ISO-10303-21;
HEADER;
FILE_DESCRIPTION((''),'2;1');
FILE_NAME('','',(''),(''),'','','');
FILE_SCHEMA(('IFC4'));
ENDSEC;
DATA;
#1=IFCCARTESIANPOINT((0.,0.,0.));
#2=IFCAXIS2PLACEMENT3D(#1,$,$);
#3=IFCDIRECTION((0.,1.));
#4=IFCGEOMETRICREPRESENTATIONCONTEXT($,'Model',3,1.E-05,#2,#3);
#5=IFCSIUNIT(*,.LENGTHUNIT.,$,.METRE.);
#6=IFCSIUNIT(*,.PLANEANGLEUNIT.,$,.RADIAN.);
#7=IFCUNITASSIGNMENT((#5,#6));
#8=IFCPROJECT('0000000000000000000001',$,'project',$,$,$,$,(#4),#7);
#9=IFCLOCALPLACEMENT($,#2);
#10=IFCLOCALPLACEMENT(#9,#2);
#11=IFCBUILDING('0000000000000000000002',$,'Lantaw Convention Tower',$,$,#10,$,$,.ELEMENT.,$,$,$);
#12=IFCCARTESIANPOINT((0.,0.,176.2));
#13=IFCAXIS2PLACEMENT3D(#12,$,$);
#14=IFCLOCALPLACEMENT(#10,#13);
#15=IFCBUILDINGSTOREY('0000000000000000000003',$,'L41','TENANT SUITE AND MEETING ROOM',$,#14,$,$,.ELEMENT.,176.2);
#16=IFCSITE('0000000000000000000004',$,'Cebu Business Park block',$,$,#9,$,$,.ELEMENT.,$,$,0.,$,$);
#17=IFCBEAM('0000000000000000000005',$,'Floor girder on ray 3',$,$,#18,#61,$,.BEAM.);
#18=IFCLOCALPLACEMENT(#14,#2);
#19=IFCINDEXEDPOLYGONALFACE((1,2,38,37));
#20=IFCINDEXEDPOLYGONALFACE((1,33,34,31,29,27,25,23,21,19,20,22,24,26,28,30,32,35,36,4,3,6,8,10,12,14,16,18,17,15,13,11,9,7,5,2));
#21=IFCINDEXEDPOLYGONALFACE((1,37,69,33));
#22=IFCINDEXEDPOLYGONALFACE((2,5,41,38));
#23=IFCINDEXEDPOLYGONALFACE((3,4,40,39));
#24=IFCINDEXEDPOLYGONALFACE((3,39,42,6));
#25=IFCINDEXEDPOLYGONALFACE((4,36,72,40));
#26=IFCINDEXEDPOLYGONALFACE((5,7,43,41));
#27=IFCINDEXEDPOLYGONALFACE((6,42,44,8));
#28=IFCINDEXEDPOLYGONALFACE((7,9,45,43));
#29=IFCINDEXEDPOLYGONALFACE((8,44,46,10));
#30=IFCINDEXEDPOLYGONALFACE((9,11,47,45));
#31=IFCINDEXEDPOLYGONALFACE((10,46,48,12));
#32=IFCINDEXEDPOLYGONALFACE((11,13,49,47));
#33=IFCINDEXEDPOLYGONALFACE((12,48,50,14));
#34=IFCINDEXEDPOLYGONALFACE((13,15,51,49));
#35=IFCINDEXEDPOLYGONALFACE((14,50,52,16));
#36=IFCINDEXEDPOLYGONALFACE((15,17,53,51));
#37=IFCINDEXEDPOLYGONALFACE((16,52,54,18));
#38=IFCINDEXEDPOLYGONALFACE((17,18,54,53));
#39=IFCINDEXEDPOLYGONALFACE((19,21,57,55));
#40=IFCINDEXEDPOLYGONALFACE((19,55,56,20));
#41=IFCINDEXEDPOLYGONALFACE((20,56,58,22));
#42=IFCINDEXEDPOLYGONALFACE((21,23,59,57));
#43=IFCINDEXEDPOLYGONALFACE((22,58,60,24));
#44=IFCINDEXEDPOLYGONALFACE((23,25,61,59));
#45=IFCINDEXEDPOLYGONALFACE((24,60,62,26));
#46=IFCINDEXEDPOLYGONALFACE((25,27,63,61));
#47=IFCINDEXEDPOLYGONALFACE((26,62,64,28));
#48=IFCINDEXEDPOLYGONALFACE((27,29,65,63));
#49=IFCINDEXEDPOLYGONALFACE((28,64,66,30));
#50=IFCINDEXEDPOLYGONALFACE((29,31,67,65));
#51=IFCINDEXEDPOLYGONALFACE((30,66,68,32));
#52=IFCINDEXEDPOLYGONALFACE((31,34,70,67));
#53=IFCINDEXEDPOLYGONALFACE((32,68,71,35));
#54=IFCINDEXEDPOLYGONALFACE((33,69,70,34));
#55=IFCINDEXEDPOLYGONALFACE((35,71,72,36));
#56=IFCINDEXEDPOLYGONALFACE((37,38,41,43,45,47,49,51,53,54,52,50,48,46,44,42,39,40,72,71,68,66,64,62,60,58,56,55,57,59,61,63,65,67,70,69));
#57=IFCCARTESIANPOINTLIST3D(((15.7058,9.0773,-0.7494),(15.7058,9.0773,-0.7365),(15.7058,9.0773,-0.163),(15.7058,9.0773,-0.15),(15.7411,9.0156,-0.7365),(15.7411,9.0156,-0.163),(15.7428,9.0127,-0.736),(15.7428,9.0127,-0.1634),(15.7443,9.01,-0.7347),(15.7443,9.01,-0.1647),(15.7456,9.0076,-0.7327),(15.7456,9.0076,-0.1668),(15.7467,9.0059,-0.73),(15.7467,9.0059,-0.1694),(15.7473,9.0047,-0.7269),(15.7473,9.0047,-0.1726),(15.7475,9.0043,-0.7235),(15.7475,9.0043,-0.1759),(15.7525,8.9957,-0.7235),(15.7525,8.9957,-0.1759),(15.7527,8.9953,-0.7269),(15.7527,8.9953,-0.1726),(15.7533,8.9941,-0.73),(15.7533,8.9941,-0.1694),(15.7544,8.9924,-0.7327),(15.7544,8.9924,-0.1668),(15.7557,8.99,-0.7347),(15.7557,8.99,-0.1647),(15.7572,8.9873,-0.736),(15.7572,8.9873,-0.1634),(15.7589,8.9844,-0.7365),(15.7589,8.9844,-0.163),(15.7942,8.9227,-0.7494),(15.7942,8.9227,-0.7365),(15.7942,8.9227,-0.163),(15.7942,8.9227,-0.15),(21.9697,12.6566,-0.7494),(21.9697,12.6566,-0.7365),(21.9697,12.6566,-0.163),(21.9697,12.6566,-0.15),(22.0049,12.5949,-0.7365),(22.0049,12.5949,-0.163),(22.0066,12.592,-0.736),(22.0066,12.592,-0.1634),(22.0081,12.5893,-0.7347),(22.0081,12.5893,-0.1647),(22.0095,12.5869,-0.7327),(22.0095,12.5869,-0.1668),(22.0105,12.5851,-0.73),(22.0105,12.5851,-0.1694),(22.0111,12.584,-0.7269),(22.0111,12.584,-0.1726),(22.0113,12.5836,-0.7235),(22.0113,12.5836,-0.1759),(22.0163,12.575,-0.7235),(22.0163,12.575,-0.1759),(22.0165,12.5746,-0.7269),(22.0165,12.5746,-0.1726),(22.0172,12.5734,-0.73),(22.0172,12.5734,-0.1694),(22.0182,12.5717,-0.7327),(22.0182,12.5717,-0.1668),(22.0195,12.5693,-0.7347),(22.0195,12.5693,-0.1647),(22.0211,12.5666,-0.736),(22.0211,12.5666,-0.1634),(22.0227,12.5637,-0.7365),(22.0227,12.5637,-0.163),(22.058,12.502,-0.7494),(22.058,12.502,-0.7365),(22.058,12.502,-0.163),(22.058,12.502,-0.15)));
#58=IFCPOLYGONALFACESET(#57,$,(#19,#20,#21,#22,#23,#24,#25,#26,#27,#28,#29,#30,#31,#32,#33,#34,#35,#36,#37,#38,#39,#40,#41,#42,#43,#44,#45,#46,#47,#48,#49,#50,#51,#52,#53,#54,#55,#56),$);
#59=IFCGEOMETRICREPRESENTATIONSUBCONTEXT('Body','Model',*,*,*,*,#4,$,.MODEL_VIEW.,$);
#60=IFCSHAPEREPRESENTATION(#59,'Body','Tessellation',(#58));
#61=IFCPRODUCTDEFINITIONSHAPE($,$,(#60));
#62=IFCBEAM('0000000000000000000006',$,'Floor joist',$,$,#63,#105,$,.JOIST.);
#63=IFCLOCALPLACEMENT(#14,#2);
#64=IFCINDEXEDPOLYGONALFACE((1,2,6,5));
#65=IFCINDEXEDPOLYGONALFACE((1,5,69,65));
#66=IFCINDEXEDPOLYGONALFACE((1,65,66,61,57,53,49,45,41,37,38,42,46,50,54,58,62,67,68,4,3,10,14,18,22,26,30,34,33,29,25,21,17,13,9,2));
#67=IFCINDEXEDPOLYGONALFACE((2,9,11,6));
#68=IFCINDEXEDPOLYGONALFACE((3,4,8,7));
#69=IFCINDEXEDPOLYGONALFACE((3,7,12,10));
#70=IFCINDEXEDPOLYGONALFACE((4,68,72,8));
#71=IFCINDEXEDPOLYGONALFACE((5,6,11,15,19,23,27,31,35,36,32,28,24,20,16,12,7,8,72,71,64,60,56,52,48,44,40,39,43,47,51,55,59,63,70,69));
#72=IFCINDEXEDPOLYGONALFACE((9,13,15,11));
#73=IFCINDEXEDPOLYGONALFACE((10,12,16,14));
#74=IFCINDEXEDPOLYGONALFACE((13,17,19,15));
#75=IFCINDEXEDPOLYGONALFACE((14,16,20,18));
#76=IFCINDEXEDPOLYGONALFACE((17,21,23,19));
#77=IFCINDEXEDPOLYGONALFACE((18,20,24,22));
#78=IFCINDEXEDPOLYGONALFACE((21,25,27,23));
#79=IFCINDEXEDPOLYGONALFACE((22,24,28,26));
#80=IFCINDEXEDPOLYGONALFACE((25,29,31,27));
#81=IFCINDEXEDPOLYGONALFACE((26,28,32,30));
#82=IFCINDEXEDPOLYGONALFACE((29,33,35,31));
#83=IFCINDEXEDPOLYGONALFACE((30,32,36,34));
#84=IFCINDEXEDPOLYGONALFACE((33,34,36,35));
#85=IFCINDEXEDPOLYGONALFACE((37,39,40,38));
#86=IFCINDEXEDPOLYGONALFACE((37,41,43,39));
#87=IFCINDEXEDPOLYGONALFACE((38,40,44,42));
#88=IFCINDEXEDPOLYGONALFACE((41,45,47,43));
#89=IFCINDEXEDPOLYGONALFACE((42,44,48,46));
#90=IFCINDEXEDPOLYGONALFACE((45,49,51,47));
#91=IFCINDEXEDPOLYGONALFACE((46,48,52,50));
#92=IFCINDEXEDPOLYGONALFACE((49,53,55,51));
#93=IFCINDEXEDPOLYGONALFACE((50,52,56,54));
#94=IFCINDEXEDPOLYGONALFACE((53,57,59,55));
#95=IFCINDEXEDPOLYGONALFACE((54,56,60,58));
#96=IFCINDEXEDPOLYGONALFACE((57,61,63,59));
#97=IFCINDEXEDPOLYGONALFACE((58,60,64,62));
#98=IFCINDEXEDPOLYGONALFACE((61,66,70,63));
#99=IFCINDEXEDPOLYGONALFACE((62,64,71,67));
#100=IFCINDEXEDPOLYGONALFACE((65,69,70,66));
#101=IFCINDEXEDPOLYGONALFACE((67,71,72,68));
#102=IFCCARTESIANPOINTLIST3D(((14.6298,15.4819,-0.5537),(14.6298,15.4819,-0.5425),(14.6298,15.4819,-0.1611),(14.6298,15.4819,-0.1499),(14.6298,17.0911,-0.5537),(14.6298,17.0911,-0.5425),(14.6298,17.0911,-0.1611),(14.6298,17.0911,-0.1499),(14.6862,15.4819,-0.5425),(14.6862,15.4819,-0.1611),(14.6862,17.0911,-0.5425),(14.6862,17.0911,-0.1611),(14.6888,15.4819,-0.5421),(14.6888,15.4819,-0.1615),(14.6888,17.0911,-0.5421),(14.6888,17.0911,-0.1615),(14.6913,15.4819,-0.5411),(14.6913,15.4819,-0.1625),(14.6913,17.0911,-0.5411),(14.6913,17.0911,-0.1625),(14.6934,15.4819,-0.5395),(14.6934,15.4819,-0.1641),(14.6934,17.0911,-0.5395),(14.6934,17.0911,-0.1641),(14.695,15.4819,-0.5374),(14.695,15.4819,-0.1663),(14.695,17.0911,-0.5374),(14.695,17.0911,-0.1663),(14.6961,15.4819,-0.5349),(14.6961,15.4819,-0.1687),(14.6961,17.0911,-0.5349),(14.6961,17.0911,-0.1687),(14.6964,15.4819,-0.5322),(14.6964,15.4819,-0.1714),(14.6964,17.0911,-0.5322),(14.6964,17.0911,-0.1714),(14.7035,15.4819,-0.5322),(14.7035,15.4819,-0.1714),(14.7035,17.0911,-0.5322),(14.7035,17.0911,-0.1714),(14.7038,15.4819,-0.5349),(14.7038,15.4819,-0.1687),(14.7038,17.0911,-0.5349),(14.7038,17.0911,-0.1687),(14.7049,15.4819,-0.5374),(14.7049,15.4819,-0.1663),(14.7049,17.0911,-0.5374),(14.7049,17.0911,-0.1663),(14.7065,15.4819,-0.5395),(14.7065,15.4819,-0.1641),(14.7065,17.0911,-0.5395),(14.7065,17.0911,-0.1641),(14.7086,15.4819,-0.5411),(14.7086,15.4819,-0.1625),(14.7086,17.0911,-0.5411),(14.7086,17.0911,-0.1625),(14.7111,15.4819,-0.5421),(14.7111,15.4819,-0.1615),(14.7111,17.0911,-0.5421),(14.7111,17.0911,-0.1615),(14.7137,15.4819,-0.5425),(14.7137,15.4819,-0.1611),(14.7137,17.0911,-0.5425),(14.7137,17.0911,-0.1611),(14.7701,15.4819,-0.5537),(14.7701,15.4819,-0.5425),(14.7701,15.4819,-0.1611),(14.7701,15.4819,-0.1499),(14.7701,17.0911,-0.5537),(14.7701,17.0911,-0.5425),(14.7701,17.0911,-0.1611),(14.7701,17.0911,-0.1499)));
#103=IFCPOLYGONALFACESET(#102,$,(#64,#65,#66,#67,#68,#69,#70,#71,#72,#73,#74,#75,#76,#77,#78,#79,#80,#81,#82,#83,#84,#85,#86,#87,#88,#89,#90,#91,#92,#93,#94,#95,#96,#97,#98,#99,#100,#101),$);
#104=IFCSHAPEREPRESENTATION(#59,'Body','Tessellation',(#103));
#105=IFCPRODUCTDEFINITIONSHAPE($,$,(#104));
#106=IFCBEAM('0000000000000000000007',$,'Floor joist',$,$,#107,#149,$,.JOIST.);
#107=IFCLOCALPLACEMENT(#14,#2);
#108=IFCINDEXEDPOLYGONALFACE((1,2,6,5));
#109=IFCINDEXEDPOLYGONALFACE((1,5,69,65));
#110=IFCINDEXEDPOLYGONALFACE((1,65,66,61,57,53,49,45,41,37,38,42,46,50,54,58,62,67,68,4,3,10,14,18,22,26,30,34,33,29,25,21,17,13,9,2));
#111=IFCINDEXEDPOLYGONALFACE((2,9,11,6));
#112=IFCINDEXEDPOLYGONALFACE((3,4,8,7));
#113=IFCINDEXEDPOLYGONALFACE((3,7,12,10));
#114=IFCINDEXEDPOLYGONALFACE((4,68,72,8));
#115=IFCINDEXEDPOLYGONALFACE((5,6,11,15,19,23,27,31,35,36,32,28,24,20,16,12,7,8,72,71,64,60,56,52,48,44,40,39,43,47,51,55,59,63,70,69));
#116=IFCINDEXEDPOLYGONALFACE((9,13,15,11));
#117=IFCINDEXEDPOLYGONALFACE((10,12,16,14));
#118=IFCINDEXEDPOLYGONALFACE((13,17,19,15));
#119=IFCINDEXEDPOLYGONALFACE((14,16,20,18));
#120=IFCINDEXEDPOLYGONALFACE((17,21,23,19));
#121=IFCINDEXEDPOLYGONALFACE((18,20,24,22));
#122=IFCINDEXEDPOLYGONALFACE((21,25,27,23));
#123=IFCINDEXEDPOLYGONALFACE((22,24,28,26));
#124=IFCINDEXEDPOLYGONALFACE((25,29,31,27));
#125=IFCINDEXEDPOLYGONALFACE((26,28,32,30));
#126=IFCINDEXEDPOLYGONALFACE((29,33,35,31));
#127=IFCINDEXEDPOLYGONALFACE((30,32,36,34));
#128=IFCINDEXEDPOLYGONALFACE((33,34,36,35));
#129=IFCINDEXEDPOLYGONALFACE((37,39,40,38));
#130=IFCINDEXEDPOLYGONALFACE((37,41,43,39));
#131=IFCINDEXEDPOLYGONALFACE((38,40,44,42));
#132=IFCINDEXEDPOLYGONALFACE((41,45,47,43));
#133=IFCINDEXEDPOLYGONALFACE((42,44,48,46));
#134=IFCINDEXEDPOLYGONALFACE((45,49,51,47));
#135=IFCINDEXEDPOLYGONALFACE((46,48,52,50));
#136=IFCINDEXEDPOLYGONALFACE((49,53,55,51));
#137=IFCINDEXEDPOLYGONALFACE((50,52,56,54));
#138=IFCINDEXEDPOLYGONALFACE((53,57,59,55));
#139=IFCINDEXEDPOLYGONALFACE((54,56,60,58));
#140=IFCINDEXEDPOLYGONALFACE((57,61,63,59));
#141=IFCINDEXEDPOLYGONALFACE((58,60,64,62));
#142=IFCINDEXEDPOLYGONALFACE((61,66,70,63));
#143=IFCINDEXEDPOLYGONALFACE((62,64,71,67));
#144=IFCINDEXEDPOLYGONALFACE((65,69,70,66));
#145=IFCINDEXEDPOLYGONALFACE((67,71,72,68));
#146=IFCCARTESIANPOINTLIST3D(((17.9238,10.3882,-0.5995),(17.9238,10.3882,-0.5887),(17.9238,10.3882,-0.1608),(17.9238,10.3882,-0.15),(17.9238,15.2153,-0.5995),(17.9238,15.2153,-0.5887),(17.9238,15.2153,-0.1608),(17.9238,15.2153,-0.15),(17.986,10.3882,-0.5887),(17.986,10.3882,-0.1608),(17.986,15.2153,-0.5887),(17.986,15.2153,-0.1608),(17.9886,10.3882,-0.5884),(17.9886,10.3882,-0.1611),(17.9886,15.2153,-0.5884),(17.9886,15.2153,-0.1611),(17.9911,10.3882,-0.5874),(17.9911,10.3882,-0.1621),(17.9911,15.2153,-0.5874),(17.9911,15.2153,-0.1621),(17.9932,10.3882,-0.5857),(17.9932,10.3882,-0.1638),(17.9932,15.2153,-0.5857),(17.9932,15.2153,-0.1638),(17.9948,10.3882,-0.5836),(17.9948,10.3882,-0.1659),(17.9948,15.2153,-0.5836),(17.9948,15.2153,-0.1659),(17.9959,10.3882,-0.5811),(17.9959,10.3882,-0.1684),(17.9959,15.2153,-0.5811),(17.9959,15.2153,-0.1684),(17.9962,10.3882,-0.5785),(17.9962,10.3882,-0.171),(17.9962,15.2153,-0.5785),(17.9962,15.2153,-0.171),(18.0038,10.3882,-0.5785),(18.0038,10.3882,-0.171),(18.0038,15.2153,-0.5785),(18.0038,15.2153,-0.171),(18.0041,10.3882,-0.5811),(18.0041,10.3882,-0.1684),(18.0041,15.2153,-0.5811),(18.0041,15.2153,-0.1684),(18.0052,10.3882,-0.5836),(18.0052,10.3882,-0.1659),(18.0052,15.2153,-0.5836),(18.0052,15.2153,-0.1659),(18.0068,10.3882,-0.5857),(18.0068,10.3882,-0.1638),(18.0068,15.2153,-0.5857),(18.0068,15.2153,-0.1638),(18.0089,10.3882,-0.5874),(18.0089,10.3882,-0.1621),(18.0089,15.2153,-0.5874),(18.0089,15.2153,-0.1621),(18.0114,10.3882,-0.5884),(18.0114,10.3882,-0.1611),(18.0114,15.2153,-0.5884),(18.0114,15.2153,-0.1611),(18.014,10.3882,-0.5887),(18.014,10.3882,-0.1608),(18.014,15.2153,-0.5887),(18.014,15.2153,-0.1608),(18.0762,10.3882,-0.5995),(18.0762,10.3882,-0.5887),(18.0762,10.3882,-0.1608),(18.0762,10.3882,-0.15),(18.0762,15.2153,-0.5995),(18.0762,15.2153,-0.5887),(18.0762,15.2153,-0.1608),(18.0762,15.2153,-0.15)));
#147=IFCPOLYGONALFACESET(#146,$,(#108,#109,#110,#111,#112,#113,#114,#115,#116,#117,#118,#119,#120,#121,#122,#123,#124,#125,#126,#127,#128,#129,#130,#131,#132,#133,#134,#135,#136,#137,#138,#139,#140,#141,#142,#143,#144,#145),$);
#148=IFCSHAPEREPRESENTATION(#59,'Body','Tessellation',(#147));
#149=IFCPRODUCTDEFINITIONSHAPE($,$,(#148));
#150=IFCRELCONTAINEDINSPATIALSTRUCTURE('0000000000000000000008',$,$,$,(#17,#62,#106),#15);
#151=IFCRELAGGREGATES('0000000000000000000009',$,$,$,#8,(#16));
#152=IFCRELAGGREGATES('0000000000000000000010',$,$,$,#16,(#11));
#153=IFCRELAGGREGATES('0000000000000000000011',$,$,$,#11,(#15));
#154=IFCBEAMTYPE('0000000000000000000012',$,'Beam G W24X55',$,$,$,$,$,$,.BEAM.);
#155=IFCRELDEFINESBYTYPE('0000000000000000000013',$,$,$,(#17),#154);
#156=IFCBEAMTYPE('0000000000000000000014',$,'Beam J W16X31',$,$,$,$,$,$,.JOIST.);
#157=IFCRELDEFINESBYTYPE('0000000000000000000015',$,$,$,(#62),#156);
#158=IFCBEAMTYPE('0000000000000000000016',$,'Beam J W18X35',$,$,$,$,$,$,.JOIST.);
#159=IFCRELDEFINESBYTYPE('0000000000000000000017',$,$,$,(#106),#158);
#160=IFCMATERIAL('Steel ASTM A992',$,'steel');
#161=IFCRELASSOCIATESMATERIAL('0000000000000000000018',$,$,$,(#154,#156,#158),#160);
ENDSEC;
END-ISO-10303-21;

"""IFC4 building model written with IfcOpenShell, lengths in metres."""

from ifc_helpers import new_model, si_unit, direction, frame, origin, origin_2d, place, context, subcontext, project, spatial, i_section, extrude, material, material_profile, profile_set, type_object, element, save


model = new_model("IFC4")

# Units and contexts
model_context = context("Model", 3, precision=1e-05, world=origin(), true_north=direction((0.0, 1.0)))
body_context = subcontext(model_context, "Body", "Model", "MODEL_VIEW")
ifc_project = project(units=[si_unit("LENGTHUNIT", "METRE"), si_unit("PLANEANGLEUNIT", "RADIAN")], contexts=[model_context])

# Site, building, storey
site_placement = place(None, origin())
site = spatial("IfcSite", under=ifc_project, at=site_placement, Name="Cebu Business Park block", CompositionType="ELEMENT", RefElevation=0.0)
building_placement = place(site_placement, origin())
building = spatial("IfcBuilding", under=site, at=building_placement, Name="Lantaw Convention Tower", CompositionType="ELEMENT")
storey_placement = place(building_placement, frame((0.0, 0.0, 176.2)))
storey = spatial("IfcBuildingStorey", under=building, at=storey_placement, Name="L41", Description="TENANT SUITE AND MEETING ROOM", CompositionType="ELEMENT", Elevation=176.2)

# Beams
ifc_material_1 = material(Name="Steel ASTM A992", Category="steel")
ifc_material_profile_1 = material_profile(ifc_material_1, i_section(OverallWidth=0.178, OverallDepth=0.5994, WebThickness=0.01, FlangeThickness=0.0129, FilletRadius=0.0129, at=origin_2d()), Name="W24X55")
ifc_profile_set_1 = profile_set([ifc_material_profile_1], Name="Steel ASTM A992")
beam_type_1 = type_object("IfcBeamType", Name="Beam G W24X55", PredefinedType="BEAM", material=ifc_profile_set_1)
beam_1_placement = place(storey_placement, frame((15.75, 9.0, -0.4497), z_axis=(0.868245, 0.496135, 0.0), x_axis=(-0.496135, 0.868245, 0.0)))
element("IfcBeam", 1, at=beam_1_placement, inside=storey, type_object=beam_type_1, Name="Floor girder on ray 3", PredefinedType="BEAM", context=body_context, shape_type="SweptSolid", body=[
    extrude(i_section(OverallWidth=0.178, OverallDepth=0.5994, WebThickness=0.01, FlangeThickness=0.0129, FilletRadius=0.0129, at=origin_2d()), origin(), (0.0, 0.0, 1.0), 7.2144),
])
ifc_material_profile_2 = material_profile(ifc_material_1, i_section(OverallWidth=0.1404, OverallDepth=0.4038, WebThickness=0.0071, FlangeThickness=0.0112, FilletRadius=0.0103, at=origin_2d()), Name="W16X31")
ifc_profile_set_2 = profile_set([ifc_material_profile_2], Name="Steel ASTM A992")
beam_type_2 = type_object("IfcBeamType", Name="Beam J W16X31", PredefinedType="JOIST", material=ifc_profile_set_2)
beam_2_placement = place(storey_placement, frame((14.7, 15.4819, -0.3518), z_axis=(0.0, 1.0, 0.0), x_axis=(-1.0, 0.0, 0.0)))
element("IfcBeam", 2, at=beam_2_placement, inside=storey, type_object=beam_type_2, Name="Floor joist", PredefinedType="JOIST", context=body_context, shape_type="SweptSolid", body=[
    extrude(i_section(OverallWidth=0.1404, OverallDepth=0.4038, WebThickness=0.0071, FlangeThickness=0.0112, FilletRadius=0.0103, at=origin_2d()), origin(), (0.0, 0.0, 1.0), 1.6091),
])
ifc_material_profile_3 = material_profile(ifc_material_1, i_section(OverallWidth=0.1523, OverallDepth=0.4495, WebThickness=0.0076, FlangeThickness=0.0107, FilletRadius=0.0103, at=origin_2d()), Name="W18X35")
ifc_profile_set_3 = profile_set([ifc_material_profile_3], Name="Steel ASTM A992")
beam_type_3 = type_object("IfcBeamType", Name="Beam J W18X35", PredefinedType="JOIST", material=ifc_profile_set_3)
beam_3_placement = place(storey_placement, frame((18.0, 10.3882, -0.3748), z_axis=(0.0, 1.0, 0.0), x_axis=(-1.0, 0.0, 0.0)))
element("IfcBeam", 3, at=beam_3_placement, inside=storey, type_object=beam_type_3, Name="Floor joist", PredefinedType="JOIST", context=body_context, shape_type="SweptSolid", body=[
    extrude(i_section(OverallWidth=0.1523, OverallDepth=0.4495, WebThickness=0.0076, FlangeThickness=0.0107, FilletRadius=0.0103, at=origin_2d()), origin(), (0.0, 0.0, 1.0), 4.8271),
])

save(model, "model.ifc")
